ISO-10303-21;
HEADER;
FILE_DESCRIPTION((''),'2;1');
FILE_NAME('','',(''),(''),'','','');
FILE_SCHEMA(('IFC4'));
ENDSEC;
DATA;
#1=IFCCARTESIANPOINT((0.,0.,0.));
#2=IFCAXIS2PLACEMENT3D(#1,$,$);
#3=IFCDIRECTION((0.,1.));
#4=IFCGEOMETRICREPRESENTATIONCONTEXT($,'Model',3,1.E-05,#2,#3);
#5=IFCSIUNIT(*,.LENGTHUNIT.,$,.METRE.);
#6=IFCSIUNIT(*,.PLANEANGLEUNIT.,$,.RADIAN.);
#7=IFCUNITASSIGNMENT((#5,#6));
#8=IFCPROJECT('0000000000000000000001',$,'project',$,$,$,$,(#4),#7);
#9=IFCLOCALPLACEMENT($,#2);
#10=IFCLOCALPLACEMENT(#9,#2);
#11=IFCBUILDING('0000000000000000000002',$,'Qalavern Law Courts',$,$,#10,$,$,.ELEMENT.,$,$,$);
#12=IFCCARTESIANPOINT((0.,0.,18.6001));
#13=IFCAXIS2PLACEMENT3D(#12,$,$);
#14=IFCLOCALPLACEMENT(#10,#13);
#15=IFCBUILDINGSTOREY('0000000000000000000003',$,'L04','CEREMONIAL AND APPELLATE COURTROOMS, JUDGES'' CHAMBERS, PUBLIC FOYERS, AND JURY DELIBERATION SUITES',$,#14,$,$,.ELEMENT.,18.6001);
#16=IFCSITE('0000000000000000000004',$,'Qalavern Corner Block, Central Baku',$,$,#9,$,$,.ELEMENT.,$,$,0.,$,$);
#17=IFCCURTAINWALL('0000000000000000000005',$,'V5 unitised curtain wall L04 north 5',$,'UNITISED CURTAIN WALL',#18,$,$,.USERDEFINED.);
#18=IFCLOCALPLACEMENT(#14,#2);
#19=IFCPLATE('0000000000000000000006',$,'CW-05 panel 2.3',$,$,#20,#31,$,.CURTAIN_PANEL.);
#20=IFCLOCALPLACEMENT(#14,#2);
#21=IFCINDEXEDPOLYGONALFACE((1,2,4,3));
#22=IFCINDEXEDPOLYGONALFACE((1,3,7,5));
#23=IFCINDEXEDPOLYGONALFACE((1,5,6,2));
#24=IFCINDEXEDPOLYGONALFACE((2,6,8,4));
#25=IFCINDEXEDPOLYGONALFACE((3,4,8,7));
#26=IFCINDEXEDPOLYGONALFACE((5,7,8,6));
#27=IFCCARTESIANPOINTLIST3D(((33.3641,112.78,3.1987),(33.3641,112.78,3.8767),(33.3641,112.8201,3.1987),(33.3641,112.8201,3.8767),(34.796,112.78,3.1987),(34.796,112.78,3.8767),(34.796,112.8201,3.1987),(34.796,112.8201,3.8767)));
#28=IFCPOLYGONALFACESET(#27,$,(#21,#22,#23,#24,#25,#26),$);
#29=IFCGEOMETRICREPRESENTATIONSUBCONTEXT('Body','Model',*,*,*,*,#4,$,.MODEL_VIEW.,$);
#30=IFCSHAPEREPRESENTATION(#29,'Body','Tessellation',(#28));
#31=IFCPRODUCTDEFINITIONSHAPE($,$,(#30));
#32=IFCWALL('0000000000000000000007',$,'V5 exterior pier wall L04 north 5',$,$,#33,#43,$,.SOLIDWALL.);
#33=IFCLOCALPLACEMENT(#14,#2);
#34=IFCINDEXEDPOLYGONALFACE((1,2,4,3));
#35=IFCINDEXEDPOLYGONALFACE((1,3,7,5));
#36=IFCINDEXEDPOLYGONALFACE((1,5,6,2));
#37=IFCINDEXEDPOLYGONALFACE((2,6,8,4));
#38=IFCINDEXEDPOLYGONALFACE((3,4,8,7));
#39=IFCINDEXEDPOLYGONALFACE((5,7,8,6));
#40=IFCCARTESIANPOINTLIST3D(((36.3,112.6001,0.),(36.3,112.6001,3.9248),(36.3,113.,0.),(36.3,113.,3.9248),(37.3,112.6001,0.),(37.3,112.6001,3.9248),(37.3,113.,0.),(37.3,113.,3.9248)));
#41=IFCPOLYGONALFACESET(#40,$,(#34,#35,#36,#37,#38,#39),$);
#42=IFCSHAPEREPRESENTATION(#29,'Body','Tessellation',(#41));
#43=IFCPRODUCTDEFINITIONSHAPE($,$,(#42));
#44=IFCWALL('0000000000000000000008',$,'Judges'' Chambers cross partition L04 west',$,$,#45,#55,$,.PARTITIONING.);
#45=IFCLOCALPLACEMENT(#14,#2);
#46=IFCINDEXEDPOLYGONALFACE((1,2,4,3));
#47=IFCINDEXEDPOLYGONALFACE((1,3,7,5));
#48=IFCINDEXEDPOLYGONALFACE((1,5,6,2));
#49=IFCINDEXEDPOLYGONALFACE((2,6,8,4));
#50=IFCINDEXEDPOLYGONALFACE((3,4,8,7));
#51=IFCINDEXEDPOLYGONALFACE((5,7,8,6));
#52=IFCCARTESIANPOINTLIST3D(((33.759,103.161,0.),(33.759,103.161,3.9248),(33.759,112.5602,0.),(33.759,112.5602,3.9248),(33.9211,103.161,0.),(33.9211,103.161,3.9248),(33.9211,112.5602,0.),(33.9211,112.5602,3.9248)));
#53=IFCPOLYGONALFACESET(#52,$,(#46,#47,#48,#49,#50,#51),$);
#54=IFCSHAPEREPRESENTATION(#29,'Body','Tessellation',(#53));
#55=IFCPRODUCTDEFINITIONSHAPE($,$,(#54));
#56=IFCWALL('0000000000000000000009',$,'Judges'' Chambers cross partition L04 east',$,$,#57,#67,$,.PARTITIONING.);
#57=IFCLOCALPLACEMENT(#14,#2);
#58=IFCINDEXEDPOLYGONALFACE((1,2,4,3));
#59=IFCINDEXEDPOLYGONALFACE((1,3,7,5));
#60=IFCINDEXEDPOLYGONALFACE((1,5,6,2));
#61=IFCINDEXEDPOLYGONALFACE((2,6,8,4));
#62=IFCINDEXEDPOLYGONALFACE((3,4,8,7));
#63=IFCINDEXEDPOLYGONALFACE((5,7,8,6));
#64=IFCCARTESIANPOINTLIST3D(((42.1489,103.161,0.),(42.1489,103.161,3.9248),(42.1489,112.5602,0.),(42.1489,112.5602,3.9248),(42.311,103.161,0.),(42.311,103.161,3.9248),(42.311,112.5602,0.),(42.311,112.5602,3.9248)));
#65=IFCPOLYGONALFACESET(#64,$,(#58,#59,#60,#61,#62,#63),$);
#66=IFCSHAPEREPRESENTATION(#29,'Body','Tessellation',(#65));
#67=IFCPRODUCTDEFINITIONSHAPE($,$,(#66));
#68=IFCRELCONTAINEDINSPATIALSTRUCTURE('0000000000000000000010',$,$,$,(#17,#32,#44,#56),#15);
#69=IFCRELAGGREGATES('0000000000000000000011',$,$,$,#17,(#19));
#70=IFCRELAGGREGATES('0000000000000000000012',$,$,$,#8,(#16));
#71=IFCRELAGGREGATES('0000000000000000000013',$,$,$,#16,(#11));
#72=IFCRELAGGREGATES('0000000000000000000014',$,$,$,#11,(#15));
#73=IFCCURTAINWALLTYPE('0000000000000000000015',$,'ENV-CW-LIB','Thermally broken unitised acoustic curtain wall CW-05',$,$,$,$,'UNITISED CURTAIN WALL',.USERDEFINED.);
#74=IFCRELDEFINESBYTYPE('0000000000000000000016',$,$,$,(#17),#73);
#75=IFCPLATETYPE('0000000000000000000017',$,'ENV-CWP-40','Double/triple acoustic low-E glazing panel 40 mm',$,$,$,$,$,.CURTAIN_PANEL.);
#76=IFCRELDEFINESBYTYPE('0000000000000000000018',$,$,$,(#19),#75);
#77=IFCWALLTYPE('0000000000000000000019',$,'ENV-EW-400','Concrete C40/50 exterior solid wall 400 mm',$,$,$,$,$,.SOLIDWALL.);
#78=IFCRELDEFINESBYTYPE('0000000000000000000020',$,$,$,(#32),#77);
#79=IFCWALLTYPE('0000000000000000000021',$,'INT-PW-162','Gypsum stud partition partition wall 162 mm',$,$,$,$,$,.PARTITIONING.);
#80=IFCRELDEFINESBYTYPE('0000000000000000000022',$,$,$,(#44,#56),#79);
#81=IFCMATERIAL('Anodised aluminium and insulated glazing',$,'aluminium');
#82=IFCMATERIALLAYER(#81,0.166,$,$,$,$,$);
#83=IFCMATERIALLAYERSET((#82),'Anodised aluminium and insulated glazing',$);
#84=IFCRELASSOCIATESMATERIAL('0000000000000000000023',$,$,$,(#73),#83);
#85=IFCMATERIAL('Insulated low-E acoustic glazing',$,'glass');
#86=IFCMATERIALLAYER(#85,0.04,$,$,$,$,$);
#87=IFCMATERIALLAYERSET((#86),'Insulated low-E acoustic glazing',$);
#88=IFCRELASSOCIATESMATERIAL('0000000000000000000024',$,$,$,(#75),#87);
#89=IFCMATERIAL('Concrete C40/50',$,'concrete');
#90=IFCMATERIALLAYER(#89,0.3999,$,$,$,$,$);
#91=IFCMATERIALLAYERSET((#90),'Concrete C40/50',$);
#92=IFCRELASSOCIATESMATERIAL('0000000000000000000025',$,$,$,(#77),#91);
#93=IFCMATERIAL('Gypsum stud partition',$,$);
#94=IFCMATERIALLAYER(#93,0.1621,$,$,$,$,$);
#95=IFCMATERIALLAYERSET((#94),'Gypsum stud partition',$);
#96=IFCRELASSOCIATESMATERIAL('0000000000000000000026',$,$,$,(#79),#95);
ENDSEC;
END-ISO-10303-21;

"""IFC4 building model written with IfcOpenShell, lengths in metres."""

from ifc_helpers import new_model, si_unit, direction, frame, frame_2d, origin, origin_2d, place, context, subcontext, project, spatial, rectangle, extrude, material, layer, layer_set, type_object, element, aggregate, save


model = new_model("IFC4")

# Units and contexts
model_context = context("Model", 3, precision=1e-05, world=origin(), true_north=direction((0.0, 1.0)))
body_context = subcontext(model_context, "Body", "Model", "MODEL_VIEW")
ifc_project = project(units=[si_unit("LENGTHUNIT", "METRE"), si_unit("PLANEANGLEUNIT", "RADIAN")], contexts=[model_context])

# Site, building, storey
site_placement = place(None, origin())
site = spatial("IfcSite", under=ifc_project, at=site_placement, Name="Qalavern Corner Block, Central Baku", CompositionType="ELEMENT", RefElevation=0.0)
building_placement = place(site_placement, origin())
building = spatial("IfcBuilding", under=site, at=building_placement, Name="Qalavern Law Courts", CompositionType="ELEMENT")
storey_placement = place(building_placement, frame((0.0, 0.0, 18.6001)))
storey = spatial("IfcBuildingStorey", under=building, at=storey_placement, Name="L04", Description="CEREMONIAL AND APPELLATE COURTROOMS, JUDGES' CHAMBERS, PUBLIC FOYERS, AND JURY DELIBERATION SUITES", CompositionType="ELEMENT", Elevation=18.6001)

# Shared definitions
ifc_material_1 = material(Name="Anodised aluminium and insulated glazing", Category="aluminium")
ifc_layer_1 = layer(ifc_material_1, 0.166)
ifc_layer_set_1 = layer_set([ifc_layer_1], Name="Anodised aluminium and insulated glazing")
curtain_wall_type = type_object("IfcCurtainWallType", Name="ENV-CW-LIB", Description="Thermally broken unitised acoustic curtain wall CW-05", ElementType="UNITISED CURTAIN WALL", PredefinedType="USERDEFINED", material=ifc_layer_set_1)

# Curtain wall
curtain_wall_1_placement = place(storey_placement, origin())
curtain_wall_1 = element("IfcCurtainWall", 1, at=curtain_wall_1_placement, inside=storey, type_object=curtain_wall_type, Name="V5 unitised curtain wall L04 north 5", ObjectType="UNITISED CURTAIN WALL", PredefinedType="USERDEFINED")

# Shared definitions
ifc_material_2 = material(Name="Concrete C40/50", Category="concrete")

# Plate
ifc_material_3 = material(Name="Insulated low-E acoustic glazing", Category="glass")
ifc_layer_2 = layer(ifc_material_3, 0.04)
ifc_layer_set_2 = layer_set([ifc_layer_2], Name="Insulated low-E acoustic glazing")
plate_type_1 = type_object("IfcPlateType", Name="ENV-CWP-40", Description="Double/triple acoustic low-E glazing panel 40 mm", PredefinedType="CURTAIN_PANEL", material=ifc_layer_set_2)
plate_1_placement = place(storey_placement, frame((34.0801, 112.8, 3.1987), z_axis=(0.0, 0.0, 1.0), x_axis=(-1.0, 0.0, 0.0)))
plate_1 = element("IfcPlate", 2, at=plate_1_placement, type_object=plate_type_1, Name="CW-05 panel 2.3", PredefinedType="CURTAIN_PANEL", context=body_context, shape_type="SweptSolid", body=[
    extrude(rectangle(XDim=1.4319, YDim=0.04, at=origin_2d()), origin(), (0.0, 0.0, 1.0), 0.678),
])
aggregate(curtain_wall_1, [plate_1])

# Walls
ifc_layer_3 = layer(ifc_material_2, 0.3999)
ifc_layer_set_3 = layer_set([ifc_layer_3], Name="Concrete C40/50")
wall_type_1 = type_object("IfcWallType", Name="ENV-EW-400", Description="Concrete C40/50 exterior solid wall 400 mm", PredefinedType="SOLIDWALL", material=ifc_layer_set_3)
wall_placement = place(storey_placement, frame((37.3, 112.8, 0.0), z_axis=(0.0, 0.0, 1.0), x_axis=(-1.0, 0.0, 0.0)))
element("IfcWall", 3, at=wall_placement, inside=storey, type_object=wall_type_1, Name="V5 exterior pier wall L04 north 5", PredefinedType="SOLIDWALL", context=body_context, shape_type="SweptSolid", body=[
    extrude(rectangle(XDim=1.0, YDim=0.3999, at=frame_2d((0.5, 0.0))), origin(), (0.0, 0.0, 1.0), 3.9248),
])
ifc_material_4 = material(Name="Gypsum stud partition")
ifc_layer_4 = layer(ifc_material_4, 0.1621)
ifc_layer_set_4 = layer_set([ifc_layer_4], Name="Gypsum stud partition")
wall_type_2 = type_object("IfcWallType", Name="INT-PW-162", Description="Gypsum stud partition partition wall 162 mm", PredefinedType="PARTITIONING", material=ifc_layer_set_4)
for number, where, z_axis, x_axis, name in (
    (4, (33.8401, 103.1609, 0.0), (0.0, 0.0, 1.0), (0.0, 1.0, 0.0), "Judges' Chambers cross partition L04 west"),
    (5, (42.23, 103.1609, 0.0), (0.0, 0.0, 1.0), (0.0, 1.0, 0.0), "Judges' Chambers cross partition L04 east"),
):
    element("IfcWall", number, at=place(storey_placement, frame(where, z_axis=z_axis, x_axis=x_axis)), inside=storey, type_object=wall_type_2, Name=name, PredefinedType="PARTITIONING", context=body_context, shape_type="SweptSolid", body=[
        extrude(rectangle(XDim=9.3992, YDim=0.1621, at=frame_2d((4.6997, 0.0))), origin(), (0.0, 0.0, 1.0), 3.9248),
    ])

save(model, "model.ifc")
